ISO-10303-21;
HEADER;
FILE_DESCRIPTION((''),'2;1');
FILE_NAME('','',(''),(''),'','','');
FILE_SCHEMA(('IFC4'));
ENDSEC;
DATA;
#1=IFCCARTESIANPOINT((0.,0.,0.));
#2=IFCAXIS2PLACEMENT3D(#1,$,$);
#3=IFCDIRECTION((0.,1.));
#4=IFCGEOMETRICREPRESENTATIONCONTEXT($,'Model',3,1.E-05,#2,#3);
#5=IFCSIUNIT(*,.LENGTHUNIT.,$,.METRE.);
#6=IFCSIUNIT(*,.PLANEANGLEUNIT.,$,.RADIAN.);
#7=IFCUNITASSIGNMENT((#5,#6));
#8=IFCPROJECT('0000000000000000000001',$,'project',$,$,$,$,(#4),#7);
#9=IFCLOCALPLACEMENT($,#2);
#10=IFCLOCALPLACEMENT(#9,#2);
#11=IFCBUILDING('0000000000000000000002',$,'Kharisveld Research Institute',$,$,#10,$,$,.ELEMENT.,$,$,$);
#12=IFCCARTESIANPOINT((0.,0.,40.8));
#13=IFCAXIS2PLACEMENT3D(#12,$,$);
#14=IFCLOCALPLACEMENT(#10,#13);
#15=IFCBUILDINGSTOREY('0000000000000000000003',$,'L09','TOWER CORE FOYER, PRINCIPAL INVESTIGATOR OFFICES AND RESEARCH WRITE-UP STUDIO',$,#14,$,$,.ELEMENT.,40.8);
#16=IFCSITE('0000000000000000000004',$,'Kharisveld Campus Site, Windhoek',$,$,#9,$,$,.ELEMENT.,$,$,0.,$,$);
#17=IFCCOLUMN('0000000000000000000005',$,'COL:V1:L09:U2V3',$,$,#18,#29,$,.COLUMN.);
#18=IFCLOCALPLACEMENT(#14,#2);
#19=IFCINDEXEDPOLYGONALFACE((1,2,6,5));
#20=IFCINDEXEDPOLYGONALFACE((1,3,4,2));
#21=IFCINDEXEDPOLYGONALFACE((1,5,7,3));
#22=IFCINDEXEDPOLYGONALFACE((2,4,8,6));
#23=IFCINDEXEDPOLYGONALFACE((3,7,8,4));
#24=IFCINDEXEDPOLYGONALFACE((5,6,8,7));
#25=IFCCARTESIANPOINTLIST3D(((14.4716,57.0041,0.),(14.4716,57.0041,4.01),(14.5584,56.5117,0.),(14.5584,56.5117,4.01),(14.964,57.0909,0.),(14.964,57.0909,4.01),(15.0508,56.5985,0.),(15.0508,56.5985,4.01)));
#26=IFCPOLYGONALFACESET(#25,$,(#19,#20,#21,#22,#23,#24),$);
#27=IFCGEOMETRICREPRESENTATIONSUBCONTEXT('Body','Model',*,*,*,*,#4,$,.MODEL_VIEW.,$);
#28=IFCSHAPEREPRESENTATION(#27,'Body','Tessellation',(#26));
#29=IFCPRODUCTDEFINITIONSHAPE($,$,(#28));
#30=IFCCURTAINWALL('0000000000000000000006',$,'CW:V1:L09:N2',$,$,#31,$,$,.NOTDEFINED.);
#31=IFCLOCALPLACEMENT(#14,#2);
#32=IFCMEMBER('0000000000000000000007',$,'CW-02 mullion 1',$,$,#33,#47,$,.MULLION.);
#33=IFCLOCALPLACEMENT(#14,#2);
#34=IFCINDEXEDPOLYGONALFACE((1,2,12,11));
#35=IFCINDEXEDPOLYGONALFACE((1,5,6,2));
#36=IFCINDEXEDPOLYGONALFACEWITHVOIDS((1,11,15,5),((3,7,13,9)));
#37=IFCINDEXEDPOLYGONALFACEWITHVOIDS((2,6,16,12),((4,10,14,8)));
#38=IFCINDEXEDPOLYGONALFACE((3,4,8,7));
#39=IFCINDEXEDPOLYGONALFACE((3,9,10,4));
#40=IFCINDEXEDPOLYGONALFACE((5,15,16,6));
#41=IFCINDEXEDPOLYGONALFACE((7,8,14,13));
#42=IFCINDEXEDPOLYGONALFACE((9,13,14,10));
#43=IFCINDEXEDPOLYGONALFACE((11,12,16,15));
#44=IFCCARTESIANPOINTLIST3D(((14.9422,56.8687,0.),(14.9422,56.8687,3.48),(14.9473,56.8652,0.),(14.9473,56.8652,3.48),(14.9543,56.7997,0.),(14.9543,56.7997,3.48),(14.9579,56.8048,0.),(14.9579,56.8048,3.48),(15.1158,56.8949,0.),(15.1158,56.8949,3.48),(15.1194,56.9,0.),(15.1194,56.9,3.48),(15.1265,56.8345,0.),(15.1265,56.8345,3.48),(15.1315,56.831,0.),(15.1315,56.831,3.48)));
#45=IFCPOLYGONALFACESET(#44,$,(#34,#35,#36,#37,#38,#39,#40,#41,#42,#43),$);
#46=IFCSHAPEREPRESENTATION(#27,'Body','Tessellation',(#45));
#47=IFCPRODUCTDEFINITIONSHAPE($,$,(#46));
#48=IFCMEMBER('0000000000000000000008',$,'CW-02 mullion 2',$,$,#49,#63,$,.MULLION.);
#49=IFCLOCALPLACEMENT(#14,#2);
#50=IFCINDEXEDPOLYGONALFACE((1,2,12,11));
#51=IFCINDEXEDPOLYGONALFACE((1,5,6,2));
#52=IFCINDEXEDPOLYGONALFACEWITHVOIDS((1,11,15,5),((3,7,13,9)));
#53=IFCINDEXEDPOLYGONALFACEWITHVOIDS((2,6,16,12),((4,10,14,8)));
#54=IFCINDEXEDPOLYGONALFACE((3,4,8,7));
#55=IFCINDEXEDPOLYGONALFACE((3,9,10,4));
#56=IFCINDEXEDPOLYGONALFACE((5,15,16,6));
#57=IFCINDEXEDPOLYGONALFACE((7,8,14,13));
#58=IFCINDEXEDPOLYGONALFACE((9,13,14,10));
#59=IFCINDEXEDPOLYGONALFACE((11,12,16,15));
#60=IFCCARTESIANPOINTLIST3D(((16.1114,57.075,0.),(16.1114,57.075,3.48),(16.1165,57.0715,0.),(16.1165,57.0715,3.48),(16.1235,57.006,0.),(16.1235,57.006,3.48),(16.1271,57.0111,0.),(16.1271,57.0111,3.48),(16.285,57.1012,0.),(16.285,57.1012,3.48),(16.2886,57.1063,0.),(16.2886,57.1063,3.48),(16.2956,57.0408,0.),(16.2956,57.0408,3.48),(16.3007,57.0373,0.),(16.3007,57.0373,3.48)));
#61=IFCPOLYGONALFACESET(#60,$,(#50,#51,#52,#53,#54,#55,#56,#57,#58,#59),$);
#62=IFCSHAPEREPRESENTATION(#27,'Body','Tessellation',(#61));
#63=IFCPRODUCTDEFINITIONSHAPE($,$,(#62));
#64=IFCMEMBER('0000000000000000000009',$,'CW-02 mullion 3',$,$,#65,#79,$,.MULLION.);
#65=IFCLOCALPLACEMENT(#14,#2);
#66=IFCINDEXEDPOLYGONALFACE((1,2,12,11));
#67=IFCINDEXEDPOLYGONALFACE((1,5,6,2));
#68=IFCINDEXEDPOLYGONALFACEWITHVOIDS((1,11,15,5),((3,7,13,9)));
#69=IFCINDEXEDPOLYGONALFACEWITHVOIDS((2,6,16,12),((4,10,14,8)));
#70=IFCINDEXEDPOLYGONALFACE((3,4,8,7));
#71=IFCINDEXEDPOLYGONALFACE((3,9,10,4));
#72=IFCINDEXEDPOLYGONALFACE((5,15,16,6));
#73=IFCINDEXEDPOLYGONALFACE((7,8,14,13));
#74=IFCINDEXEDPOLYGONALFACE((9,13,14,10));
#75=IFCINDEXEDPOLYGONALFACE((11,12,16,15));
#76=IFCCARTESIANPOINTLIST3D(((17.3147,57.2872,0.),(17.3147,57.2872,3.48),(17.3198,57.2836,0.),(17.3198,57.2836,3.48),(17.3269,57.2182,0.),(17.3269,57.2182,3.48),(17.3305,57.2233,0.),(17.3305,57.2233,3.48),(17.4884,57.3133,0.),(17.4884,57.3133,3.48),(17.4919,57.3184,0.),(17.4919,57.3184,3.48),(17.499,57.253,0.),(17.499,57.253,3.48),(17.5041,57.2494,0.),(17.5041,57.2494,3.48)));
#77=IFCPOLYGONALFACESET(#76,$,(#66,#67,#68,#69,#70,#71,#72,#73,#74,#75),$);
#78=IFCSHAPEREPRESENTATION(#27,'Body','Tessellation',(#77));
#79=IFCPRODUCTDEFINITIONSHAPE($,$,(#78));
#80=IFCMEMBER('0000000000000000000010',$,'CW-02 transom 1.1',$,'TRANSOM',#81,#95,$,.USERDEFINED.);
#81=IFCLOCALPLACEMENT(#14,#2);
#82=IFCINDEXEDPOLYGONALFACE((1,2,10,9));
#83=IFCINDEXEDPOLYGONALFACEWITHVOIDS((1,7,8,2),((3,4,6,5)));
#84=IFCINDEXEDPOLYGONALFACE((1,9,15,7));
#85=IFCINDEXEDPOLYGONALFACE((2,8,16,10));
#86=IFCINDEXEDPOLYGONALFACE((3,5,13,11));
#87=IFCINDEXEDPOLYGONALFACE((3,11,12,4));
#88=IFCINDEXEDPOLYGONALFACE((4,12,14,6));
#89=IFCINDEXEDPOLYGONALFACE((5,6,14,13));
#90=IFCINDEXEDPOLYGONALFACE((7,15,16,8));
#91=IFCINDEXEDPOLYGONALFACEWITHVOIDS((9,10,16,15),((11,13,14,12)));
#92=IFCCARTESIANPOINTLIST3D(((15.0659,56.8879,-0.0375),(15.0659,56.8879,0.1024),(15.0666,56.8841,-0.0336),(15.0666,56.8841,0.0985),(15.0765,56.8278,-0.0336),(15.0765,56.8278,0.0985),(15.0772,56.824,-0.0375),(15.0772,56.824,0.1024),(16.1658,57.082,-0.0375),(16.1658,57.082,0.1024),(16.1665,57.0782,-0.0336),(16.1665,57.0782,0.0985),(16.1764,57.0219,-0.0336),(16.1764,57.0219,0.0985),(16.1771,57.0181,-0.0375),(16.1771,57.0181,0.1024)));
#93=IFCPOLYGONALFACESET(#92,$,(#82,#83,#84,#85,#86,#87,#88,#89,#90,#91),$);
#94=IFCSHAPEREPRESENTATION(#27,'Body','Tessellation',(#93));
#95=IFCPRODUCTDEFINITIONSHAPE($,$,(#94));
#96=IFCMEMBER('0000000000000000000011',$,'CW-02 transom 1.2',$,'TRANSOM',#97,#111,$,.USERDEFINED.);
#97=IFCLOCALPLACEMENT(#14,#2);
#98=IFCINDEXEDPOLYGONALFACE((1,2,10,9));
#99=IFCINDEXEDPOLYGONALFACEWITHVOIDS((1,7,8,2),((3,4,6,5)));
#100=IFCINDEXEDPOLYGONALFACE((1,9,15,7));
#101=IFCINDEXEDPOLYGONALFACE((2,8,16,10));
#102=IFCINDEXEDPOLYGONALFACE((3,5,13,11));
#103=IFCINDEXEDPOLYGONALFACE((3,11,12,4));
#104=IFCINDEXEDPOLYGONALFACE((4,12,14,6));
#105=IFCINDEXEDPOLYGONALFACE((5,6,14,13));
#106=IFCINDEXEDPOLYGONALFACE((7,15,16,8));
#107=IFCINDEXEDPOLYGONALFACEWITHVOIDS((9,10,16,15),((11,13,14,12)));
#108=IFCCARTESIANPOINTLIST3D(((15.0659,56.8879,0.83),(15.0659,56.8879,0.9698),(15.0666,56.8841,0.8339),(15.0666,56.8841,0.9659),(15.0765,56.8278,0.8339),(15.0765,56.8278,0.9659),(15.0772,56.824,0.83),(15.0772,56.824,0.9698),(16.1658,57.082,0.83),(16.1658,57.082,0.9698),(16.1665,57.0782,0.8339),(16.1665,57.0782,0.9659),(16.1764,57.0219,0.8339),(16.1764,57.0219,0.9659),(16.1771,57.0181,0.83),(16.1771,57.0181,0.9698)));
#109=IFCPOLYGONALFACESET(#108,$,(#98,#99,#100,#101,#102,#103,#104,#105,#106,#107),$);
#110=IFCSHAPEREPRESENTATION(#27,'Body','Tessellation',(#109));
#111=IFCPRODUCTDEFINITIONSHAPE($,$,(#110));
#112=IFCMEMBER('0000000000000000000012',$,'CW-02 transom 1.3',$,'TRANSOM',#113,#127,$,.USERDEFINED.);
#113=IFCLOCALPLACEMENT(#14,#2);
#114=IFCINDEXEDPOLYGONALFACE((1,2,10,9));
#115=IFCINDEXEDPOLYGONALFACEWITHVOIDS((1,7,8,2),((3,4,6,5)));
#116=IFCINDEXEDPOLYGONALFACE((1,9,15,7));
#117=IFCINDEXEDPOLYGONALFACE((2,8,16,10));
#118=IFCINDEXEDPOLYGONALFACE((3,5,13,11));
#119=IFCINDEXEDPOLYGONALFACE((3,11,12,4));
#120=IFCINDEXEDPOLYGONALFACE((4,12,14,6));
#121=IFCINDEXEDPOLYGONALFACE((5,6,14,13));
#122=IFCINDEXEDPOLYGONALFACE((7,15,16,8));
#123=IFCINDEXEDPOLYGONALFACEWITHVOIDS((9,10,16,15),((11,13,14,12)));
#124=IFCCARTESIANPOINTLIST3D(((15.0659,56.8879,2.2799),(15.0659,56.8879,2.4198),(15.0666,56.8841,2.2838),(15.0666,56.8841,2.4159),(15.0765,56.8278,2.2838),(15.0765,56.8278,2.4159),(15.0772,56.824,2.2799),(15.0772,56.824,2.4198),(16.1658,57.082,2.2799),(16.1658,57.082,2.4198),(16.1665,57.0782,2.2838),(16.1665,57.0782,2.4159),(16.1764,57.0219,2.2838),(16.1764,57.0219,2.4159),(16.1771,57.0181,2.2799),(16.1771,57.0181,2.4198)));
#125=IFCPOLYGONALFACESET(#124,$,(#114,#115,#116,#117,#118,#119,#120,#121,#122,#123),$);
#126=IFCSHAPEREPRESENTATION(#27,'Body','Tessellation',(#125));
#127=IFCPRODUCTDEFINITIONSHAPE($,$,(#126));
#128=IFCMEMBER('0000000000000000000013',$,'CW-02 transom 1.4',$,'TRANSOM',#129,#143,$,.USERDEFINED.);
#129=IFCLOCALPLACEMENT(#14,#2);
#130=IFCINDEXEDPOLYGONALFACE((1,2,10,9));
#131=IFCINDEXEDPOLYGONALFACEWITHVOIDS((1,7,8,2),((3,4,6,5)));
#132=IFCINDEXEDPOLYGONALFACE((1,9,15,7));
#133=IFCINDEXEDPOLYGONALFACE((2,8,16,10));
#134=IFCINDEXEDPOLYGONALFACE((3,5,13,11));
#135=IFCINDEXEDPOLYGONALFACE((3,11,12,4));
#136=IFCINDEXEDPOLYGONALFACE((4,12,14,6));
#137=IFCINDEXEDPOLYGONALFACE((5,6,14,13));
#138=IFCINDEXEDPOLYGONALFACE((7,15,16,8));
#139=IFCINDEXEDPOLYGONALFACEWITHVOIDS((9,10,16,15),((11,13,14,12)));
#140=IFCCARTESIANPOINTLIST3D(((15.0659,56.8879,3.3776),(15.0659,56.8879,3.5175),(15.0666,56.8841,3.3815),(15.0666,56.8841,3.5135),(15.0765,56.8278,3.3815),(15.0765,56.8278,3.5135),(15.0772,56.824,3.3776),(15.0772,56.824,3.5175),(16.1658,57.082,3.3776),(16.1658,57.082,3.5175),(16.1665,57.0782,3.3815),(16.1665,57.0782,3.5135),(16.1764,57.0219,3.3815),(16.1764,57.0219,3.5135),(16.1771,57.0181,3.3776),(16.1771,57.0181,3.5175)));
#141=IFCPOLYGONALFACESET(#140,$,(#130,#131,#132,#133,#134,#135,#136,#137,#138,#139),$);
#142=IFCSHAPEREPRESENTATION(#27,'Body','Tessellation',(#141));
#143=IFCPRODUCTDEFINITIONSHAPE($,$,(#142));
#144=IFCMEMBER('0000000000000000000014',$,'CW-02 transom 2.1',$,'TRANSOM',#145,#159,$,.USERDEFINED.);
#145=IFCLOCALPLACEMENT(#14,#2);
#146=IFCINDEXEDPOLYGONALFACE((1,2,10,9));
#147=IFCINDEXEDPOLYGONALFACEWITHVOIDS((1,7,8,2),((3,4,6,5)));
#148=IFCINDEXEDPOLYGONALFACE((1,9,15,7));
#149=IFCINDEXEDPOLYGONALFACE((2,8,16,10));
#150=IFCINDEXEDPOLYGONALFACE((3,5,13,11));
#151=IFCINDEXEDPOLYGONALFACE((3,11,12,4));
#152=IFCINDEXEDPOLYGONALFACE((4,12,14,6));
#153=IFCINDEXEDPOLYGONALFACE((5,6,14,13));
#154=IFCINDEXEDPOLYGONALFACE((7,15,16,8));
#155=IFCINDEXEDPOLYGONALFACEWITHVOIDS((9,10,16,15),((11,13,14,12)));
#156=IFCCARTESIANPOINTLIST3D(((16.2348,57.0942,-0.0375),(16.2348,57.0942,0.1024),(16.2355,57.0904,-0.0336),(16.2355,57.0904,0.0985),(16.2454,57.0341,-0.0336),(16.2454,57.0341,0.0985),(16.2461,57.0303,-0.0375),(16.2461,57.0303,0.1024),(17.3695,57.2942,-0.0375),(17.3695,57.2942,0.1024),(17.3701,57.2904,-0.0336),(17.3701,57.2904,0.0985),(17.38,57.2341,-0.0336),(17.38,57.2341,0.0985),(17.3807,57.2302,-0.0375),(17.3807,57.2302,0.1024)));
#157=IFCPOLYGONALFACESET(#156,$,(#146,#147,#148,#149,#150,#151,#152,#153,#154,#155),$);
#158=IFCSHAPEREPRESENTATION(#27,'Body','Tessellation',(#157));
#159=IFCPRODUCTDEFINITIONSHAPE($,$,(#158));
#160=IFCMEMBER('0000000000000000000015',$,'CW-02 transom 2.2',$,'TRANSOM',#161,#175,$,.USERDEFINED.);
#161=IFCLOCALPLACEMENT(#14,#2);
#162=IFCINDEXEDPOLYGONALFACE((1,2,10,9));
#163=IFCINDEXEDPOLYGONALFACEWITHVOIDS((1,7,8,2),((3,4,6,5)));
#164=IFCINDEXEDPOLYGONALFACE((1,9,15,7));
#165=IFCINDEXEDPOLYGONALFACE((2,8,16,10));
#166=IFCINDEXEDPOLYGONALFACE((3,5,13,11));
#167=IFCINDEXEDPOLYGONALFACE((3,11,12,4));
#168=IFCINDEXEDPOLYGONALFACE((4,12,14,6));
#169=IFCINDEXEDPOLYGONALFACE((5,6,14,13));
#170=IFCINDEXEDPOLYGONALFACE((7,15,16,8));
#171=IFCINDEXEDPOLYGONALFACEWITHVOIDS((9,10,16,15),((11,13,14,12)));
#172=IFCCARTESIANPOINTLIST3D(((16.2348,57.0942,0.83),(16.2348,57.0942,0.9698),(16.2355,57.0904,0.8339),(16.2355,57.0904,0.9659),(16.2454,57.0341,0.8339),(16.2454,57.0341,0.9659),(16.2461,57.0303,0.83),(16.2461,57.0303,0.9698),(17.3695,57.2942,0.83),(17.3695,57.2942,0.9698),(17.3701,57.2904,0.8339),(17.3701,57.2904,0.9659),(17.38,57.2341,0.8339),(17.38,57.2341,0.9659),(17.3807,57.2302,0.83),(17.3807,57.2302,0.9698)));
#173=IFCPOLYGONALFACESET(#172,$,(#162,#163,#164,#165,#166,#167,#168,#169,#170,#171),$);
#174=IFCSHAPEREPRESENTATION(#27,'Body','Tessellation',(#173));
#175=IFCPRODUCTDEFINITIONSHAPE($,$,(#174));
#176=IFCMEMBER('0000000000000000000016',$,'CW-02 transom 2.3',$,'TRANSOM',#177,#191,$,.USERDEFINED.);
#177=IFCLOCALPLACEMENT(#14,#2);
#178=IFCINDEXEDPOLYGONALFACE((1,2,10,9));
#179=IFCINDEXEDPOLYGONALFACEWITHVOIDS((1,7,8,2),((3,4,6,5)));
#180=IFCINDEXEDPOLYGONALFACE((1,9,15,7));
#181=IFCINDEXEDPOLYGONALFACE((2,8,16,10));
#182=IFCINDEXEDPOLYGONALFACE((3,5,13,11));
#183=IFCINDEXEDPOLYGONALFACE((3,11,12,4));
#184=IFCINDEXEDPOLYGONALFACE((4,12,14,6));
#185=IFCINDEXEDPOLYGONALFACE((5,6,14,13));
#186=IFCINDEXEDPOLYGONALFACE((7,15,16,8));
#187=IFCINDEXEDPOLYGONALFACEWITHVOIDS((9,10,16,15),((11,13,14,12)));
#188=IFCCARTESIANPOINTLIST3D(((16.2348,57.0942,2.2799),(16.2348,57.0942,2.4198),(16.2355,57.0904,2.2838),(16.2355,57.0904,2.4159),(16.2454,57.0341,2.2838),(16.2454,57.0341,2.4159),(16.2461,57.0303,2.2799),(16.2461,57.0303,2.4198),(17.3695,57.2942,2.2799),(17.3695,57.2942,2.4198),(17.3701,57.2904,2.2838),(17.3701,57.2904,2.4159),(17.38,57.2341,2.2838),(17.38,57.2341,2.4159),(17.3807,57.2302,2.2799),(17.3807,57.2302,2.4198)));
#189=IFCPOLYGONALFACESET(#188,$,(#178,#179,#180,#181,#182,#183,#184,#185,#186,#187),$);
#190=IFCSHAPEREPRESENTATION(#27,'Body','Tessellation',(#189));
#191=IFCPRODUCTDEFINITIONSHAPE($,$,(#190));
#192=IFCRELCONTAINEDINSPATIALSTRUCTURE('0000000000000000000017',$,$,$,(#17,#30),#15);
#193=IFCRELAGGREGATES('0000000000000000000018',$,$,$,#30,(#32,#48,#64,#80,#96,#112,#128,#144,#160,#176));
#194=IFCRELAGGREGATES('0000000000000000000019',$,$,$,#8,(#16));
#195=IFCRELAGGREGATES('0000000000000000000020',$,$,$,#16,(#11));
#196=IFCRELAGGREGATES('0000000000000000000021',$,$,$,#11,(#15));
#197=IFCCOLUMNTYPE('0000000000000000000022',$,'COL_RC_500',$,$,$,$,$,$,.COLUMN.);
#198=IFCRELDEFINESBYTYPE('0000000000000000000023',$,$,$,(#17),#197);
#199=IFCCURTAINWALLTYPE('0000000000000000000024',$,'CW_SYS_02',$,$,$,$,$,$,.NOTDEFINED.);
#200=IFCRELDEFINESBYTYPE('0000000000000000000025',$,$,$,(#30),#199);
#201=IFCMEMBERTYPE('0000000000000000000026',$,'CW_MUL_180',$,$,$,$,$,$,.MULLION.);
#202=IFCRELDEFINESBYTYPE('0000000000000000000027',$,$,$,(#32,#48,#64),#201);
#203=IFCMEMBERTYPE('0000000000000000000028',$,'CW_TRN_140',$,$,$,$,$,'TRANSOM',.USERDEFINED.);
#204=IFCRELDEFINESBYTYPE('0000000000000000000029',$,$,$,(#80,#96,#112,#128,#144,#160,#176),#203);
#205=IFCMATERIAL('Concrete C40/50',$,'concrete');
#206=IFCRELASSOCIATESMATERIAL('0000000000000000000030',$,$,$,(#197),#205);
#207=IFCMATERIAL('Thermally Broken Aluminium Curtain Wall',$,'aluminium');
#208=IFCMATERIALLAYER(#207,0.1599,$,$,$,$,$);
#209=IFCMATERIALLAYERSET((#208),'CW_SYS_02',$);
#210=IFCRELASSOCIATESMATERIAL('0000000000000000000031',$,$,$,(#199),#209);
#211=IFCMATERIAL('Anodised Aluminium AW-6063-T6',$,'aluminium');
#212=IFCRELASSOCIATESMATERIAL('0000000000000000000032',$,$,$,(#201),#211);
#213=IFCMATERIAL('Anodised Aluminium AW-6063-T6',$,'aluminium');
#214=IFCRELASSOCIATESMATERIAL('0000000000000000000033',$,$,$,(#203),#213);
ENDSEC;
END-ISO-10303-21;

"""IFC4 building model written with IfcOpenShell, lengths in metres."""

from ifc_helpers import new_model, si_unit, direction, frame, origin, origin_2d, place, context, subcontext, project, spatial, rectangle, hollow_rectangle, extrude, material, layer, layer_set, material_profile, profile_set, type_object, element, aggregate, save


model = new_model("IFC4")

# Units and contexts
model_context = context("Model", 3, precision=1e-05, world=origin(), true_north=direction((0.0, 1.0)))
body_context = subcontext(model_context, "Body", "Model", "MODEL_VIEW")
ifc_project = project(units=[si_unit("LENGTHUNIT", "METRE"), si_unit("PLANEANGLEUNIT", "RADIAN")], contexts=[model_context])

# Site, building, storey
site_placement = place(None, origin())
site = spatial("IfcSite", under=ifc_project, at=site_placement, Name="Kharisveld Campus Site, Windhoek", CompositionType="ELEMENT", RefElevation=0.0)
building_placement = place(site_placement, origin())
building = spatial("IfcBuilding", under=site, at=building_placement, Name="Kharisveld Research Institute", CompositionType="ELEMENT")
storey_placement = place(building_placement, frame((0.0, 0.0, 40.8)))
storey = spatial("IfcBuildingStorey", under=building, at=storey_placement, Name="L09", Description="TOWER CORE FOYER, PRINCIPAL INVESTIGATOR OFFICES AND RESEARCH WRITE-UP STUDIO", CompositionType="ELEMENT", Elevation=40.8)

# Column
ifc_material_1 = material(Name="Concrete C40/50", Category="concrete")
ifc_material_profile_1 = material_profile(ifc_material_1, rectangle(XDim=0.5, YDim=0.5, at=origin_2d()))
ifc_profile_set_1 = profile_set([ifc_material_profile_1], Name="Concrete C40/50")
column_type = type_object("IfcColumnType", Name="COL_RC_500", PredefinedType="COLUMN", material=ifc_profile_set_1)
column_placement = place(storey_placement, frame((14.7612, 56.8013, 0.0), z_axis=(0.0, 0.0, 1.0), x_axis=(0.984808, 0.173648, 0.0)))
element("IfcColumn", 1, at=column_placement, inside=storey, type_object=column_type, Name="COL:V1:L09:U2V3", PredefinedType="COLUMN", context=body_context, shape_type="SweptSolid", body=[
    extrude(rectangle(XDim=0.5, YDim=0.5, at=origin_2d()), origin(), (0.0, 0.0, 1.0), 4.01),
])

# Curtain wall, members
ifc_material_2 = material(Name="Thermally Broken Aluminium Curtain Wall", Category="aluminium")
ifc_layer_1 = layer(ifc_material_2, 0.1599)
ifc_layer_set_1 = layer_set([ifc_layer_1], Name="CW_SYS_02")
curtain_wall_type = type_object("IfcCurtainWallType", Name="CW_SYS_02", PredefinedType="NOTDEFINED", material=ifc_layer_set_1)
curtain_wall_placement = place(storey_placement, origin())
curtain_wall = element("IfcCurtainWall", 2, at=curtain_wall_placement, inside=storey, type_object=curtain_wall_type, Name="CW:V1:L09:N2", PredefinedType="NOTDEFINED")
ifc_material_3 = material(Name="Anodised Aluminium AW-6063-T6", Category="aluminium")
ifc_material_profile_2 = material_profile(ifc_material_3, hollow_rectangle(XDim=0.0701, YDim=0.1799, WallThickness=0.0044, at=origin_2d()))
ifc_profile_set_2 = profile_set([ifc_material_profile_2], Name="Anodised Aluminium AW-6063-T6")
member_type_1 = type_object("IfcMemberType", Name="CW_MUL_180", PredefinedType="MULLION", material=ifc_profile_set_2)
member_1_placement = place(storey_placement, frame((15.0369, 56.8499, 0.0), z_axis=(0.0, 0.0, 1.0), x_axis=(-0.173648, 0.984808, 0.0)))
member_1 = element("IfcMember", 3, at=member_1_placement, type_object=member_type_1, Name="CW-02 mullion 1", PredefinedType="MULLION", context=body_context, shape_type="SweptSolid", body=[
    extrude(hollow_rectangle(XDim=0.0701, YDim=0.1799, WallThickness=0.0044, at=origin_2d()), origin(), (0.0, 0.0, 1.0), 3.48),
])
member_2_placement = place(storey_placement, frame((16.2061, 57.0562, 0.0), z_axis=(0.0, 0.0, 1.0), x_axis=(-0.173648, 0.984808, 0.0)))
member_2 = element("IfcMember", 4, at=member_2_placement, type_object=member_type_1, Name="CW-02 mullion 2", PredefinedType="MULLION", context=body_context, shape_type="SweptSolid", body=[
    extrude(hollow_rectangle(XDim=0.0701, YDim=0.1799, WallThickness=0.0044, at=origin_2d()), origin(), (0.0, 0.0, 1.0), 3.48),
])
member_3_placement = place(storey_placement, frame((17.4094, 57.2683, 0.0), z_axis=(0.0, 0.0, 1.0), x_axis=(-0.173648, 0.984808, 0.0)))
member_3 = element("IfcMember", 5, at=member_3_placement, type_object=member_type_1, Name="CW-02 mullion 3", PredefinedType="MULLION", context=body_context, shape_type="SweptSolid", body=[
    extrude(hollow_rectangle(XDim=0.0701, YDim=0.1799, WallThickness=0.0044, at=origin_2d()), origin(), (0.0, 0.0, 1.0), 3.48),
])
ifc_material_4 = material(Name="Anodised Aluminium AW-6063-T6", Category="aluminium")
ifc_material_profile_3 = material_profile(ifc_material_4, hollow_rectangle(XDim=0.0649, YDim=0.1399, WallThickness=0.0039, at=origin_2d()))
ifc_profile_set_3 = profile_set([ifc_material_profile_3], Name="Anodised Aluminium AW-6063-T6")
member_type_2 = type_object("IfcMemberType", Name="CW_TRN_140", ElementType="TRANSOM", PredefinedType="USERDEFINED", material=ifc_profile_set_3)
member_4_placement = place(storey_placement, frame((15.0715, 56.856, 0.0325), z_axis=(0.984784, 0.173785, 0.0), x_axis=(-0.173785, 0.984784, 0.0)))
member_4 = element("IfcMember", 6, at=member_4_placement, type_object=member_type_2, Name="CW-02 transom 1.1", ObjectType="TRANSOM", PredefinedType="USERDEFINED", context=body_context, shape_type="SweptSolid", body=[
    extrude(hollow_rectangle(XDim=0.0649, YDim=0.1399, WallThickness=0.0039, at=origin_2d()), origin(), (0.0, 0.0, 1.0), 1.1169),
])
member_5_placement = place(storey_placement, frame((15.0715, 56.856, 0.8999), z_axis=(0.984784, 0.173785, 0.0), x_axis=(-0.173785, 0.984784, 0.0)))
member_5 = element("IfcMember", 7, at=member_5_placement, type_object=member_type_2, Name="CW-02 transom 1.2", ObjectType="TRANSOM", PredefinedType="USERDEFINED", context=body_context, shape_type="SweptSolid", body=[
    extrude(hollow_rectangle(XDim=0.0649, YDim=0.1399, WallThickness=0.0039, at=origin_2d()), origin(), (0.0, 0.0, 1.0), 1.1169),
])
member_6_placement = place(storey_placement, frame((15.0715, 56.856, 2.3499), z_axis=(0.984784, 0.173785, 0.0), x_axis=(-0.173785, 0.984784, 0.0)))
member_6 = element("IfcMember", 8, at=member_6_placement, type_object=member_type_2, Name="CW-02 transom 1.3", ObjectType="TRANSOM", PredefinedType="USERDEFINED", context=body_context, shape_type="SweptSolid", body=[
    extrude(hollow_rectangle(XDim=0.0649, YDim=0.1399, WallThickness=0.0039, at=origin_2d()), origin(), (0.0, 0.0, 1.0), 1.1169),
])
member_7_placement = place(storey_placement, frame((15.0715, 56.856, 3.4475), z_axis=(0.984784, 0.173785, 0.0), x_axis=(-0.173785, 0.984784, 0.0)))
member_7 = element("IfcMember", 9, at=member_7_placement, type_object=member_type_2, Name="CW-02 transom 1.4", ObjectType="TRANSOM", PredefinedType="USERDEFINED", context=body_context, shape_type="SweptSolid", body=[
    extrude(hollow_rectangle(XDim=0.0649, YDim=0.1399, WallThickness=0.0039, at=origin_2d()), origin(), (0.0, 0.0, 1.0), 1.1169),
])
member_8_placement = place(storey_placement, frame((16.2405, 57.0623, 0.0325), z_axis=(0.984822, 0.173568, 0.0), x_axis=(-0.173568, 0.984822, 0.0)))
member_8 = element("IfcMember", 10, at=member_8_placement, type_object=member_type_2, Name="CW-02 transom 2.1", ObjectType="TRANSOM", PredefinedType="USERDEFINED", context=body_context, shape_type="SweptSolid", body=[
    extrude(hollow_rectangle(XDim=0.0649, YDim=0.1399, WallThickness=0.0039, at=origin_2d()), origin(), (0.0, 0.0, 1.0), 1.1521),
])
member_9_placement = place(storey_placement, frame((16.2405, 57.0623, 0.8999), z_axis=(0.984822, 0.173568, 0.0), x_axis=(-0.173568, 0.984822, 0.0)))
member_9 = element("IfcMember", 11, at=member_9_placement, type_object=member_type_2, Name="CW-02 transom 2.2", ObjectType="TRANSOM", PredefinedType="USERDEFINED", context=body_context, shape_type="SweptSolid", body=[
    extrude(hollow_rectangle(XDim=0.0649, YDim=0.1399, WallThickness=0.0039, at=origin_2d()), origin(), (0.0, 0.0, 1.0), 1.1521),
])
member_10_placement = place(storey_placement, frame((16.2405, 57.0623, 2.3499), z_axis=(0.984822, 0.173568, 0.0), x_axis=(-0.173568, 0.984822, 0.0)))
member_10 = element("IfcMember", 12, at=member_10_placement, type_object=member_type_2, Name="CW-02 transom 2.3", ObjectType="TRANSOM", PredefinedType="USERDEFINED", context=body_context, shape_type="SweptSolid", body=[
    extrude(hollow_rectangle(XDim=0.0649, YDim=0.1399, WallThickness=0.0039, at=origin_2d()), origin(), (0.0, 0.0, 1.0), 1.1521),
])

aggregate(curtain_wall, [member_1, member_2, member_3, member_4, member_5, member_6, member_7, member_8, member_9, member_10])

save(model, "model.ifc")
